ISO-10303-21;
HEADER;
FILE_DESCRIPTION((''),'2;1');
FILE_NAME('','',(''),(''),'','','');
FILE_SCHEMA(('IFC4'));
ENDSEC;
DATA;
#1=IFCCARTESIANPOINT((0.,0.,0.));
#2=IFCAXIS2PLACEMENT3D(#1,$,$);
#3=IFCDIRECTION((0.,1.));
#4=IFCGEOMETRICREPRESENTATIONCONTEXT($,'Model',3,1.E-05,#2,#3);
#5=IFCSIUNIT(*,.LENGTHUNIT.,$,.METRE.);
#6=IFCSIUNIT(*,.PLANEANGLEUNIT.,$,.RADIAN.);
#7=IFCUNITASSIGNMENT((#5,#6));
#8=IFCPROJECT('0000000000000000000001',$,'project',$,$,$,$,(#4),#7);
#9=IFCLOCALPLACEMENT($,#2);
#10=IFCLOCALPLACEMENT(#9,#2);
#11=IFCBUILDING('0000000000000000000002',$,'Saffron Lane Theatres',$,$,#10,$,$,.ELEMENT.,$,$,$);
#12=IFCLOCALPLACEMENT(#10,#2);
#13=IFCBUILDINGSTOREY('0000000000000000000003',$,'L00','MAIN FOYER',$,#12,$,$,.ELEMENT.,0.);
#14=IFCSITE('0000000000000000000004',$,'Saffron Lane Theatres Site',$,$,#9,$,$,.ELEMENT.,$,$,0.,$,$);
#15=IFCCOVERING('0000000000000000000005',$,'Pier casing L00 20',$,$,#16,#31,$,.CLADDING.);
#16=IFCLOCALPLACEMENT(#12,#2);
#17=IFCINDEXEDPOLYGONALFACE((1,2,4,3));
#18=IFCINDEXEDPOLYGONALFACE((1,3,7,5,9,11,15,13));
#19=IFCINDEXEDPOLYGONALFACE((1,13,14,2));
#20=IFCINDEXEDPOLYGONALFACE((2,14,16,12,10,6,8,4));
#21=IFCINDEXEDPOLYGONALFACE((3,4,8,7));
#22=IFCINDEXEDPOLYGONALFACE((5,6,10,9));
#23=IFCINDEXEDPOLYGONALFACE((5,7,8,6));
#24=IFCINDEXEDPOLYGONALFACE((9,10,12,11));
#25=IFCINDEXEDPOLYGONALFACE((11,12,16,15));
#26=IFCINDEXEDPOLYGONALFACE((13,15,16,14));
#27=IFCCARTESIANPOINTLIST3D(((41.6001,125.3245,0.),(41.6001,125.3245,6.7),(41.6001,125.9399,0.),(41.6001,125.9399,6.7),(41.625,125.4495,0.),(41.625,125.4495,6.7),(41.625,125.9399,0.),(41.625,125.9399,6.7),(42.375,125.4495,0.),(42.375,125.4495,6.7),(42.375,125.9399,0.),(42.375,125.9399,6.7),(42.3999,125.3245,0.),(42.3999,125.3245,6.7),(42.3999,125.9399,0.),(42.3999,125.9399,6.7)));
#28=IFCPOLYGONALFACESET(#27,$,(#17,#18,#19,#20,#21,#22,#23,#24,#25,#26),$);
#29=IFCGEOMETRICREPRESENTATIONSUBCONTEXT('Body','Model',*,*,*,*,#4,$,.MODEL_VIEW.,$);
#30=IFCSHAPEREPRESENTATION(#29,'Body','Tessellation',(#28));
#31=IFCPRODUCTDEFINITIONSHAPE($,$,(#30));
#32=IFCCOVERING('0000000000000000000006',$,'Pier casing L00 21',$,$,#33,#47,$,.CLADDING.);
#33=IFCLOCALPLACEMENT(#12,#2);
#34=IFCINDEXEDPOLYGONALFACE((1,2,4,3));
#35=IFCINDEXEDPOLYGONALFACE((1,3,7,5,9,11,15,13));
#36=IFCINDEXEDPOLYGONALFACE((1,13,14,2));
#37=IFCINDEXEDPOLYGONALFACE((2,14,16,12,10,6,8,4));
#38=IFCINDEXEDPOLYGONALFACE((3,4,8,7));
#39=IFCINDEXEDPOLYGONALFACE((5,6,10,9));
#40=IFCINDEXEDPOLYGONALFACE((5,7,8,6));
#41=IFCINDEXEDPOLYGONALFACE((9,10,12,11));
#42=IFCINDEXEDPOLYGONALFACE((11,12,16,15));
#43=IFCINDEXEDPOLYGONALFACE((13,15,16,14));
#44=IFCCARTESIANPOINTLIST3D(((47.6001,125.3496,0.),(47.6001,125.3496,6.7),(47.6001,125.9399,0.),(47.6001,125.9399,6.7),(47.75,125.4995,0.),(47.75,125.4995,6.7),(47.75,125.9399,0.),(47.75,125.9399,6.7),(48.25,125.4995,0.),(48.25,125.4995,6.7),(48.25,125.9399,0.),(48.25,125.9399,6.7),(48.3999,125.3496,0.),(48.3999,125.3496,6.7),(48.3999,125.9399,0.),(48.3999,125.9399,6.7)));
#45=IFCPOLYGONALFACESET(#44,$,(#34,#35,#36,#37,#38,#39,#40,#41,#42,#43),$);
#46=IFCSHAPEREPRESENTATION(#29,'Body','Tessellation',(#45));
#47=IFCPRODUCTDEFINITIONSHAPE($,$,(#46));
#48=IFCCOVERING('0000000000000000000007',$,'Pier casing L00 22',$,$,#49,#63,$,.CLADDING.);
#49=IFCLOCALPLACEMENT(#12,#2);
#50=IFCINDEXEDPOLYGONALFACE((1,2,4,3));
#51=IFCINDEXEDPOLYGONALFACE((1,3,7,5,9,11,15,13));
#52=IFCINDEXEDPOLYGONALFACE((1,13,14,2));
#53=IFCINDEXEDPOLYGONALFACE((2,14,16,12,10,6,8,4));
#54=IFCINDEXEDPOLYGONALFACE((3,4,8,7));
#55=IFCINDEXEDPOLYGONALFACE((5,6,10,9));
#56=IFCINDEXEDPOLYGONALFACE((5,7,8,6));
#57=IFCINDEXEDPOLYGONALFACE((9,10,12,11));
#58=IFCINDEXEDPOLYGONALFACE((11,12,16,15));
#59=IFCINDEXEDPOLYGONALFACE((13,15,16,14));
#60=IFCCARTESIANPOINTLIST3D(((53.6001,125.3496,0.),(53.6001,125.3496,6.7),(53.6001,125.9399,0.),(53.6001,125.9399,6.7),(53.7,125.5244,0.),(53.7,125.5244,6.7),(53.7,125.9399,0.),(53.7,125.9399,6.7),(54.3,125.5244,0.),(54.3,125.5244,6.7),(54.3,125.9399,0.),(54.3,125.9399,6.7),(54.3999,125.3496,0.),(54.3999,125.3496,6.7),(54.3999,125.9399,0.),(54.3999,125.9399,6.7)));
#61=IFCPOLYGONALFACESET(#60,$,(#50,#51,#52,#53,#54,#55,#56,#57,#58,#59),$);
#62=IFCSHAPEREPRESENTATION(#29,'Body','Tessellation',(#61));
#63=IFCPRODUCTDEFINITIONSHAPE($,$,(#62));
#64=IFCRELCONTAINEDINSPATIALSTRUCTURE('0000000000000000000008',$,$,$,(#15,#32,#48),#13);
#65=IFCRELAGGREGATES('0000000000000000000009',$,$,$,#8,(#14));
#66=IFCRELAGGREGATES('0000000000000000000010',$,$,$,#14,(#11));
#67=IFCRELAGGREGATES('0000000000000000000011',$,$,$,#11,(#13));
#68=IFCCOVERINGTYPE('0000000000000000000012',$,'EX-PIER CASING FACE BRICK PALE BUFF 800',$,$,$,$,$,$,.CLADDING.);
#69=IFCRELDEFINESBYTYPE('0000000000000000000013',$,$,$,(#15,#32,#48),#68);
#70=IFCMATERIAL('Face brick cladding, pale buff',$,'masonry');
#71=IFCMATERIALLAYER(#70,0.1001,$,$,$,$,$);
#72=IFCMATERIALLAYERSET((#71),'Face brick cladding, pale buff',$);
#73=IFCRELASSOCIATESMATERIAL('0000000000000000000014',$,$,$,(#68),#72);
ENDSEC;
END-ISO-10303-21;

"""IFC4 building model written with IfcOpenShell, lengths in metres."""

from ifc_helpers import new_model, si_unit, direction, origin, place, context, subcontext, project, spatial, polyline, outline, extrude, material, layer, layer_set, type_object, element, save


model = new_model("IFC4")

# Units and contexts
model_context = context("Model", 3, precision=1e-05, world=origin(), true_north=direction((0.0, 1.0)))
body_context = subcontext(model_context, "Body", "Model", "MODEL_VIEW")
ifc_project = project(units=[si_unit("LENGTHUNIT", "METRE"), si_unit("PLANEANGLEUNIT", "RADIAN")], contexts=[model_context])

# Site, building, storey
site_placement = place(None, origin())
site = spatial("IfcSite", under=ifc_project, at=site_placement, Name="Saffron Lane Theatres Site", CompositionType="ELEMENT", RefElevation=0.0)
building_placement = place(site_placement, origin())
building = spatial("IfcBuilding", under=site, at=building_placement, Name="Saffron Lane Theatres", CompositionType="ELEMENT")
storey_placement = place(building_placement, origin())
storey = spatial("IfcBuildingStorey", under=building, at=storey_placement, Name="L00", Description="MAIN FOYER", CompositionType="ELEMENT", Elevation=0.0)

# Coverings
ifc_material_1 = material(Name="Face brick cladding, pale buff", Category="masonry")
ifc_layer_1 = layer(ifc_material_1, 0.1001)
ifc_layer_set_1 = layer_set([ifc_layer_1], Name="Face brick cladding, pale buff")
covering_type = type_object("IfcCoveringType", Name="EX-PIER CASING FACE BRICK PALE BUFF 800", PredefinedType="CLADDING", material=ifc_layer_set_1)
covering_1_placement = place(storey_placement, origin())
element("IfcCovering", 1, at=covering_1_placement, inside=storey, type_object=covering_type, Name="Pier casing L00 20", PredefinedType="CLADDING", context=body_context, shape_type="SweptSolid", body=[
    extrude(outline(polyline([(41.6001, 125.9399), (41.6001, 125.3245), (42.3999, 125.3245), (42.3999, 125.9399), (42.375, 125.9399), (42.375, 125.4495), (41.625, 125.4495), (41.625, 125.9399), (41.6001, 125.9399)])), origin(), (0.0, 0.0, 1.0), 6.7),
])
covering_2_placement = place(storey_placement, origin())
element("IfcCovering", 2, at=covering_2_placement, inside=storey, type_object=covering_type, Name="Pier casing L00 21", PredefinedType="CLADDING", context=body_context, shape_type="SweptSolid", body=[
    extrude(outline(polyline([(47.6001, 125.9399), (47.6001, 125.3496), (48.3999, 125.3496), (48.3999, 125.9399), (48.25, 125.9399), (48.25, 125.4995), (47.75, 125.4995), (47.75, 125.9399), (47.6001, 125.9399)])), origin(), (0.0, 0.0, 1.0), 6.7),
])
covering_3_placement = place(storey_placement, origin())
element("IfcCovering", 3, at=covering_3_placement, inside=storey, type_object=covering_type, Name="Pier casing L00 22", PredefinedType="CLADDING", context=body_context, shape_type="SweptSolid", body=[
    extrude(outline(polyline([(53.6001, 125.9399), (53.6001, 125.3496), (54.3999, 125.3496), (54.3999, 125.9399), (54.3, 125.9399), (54.3, 125.5244), (53.7, 125.5244), (53.7, 125.9399), (53.6001, 125.9399)])), origin(), (0.0, 0.0, 1.0), 6.7),
])

save(model, "model.ifc")
